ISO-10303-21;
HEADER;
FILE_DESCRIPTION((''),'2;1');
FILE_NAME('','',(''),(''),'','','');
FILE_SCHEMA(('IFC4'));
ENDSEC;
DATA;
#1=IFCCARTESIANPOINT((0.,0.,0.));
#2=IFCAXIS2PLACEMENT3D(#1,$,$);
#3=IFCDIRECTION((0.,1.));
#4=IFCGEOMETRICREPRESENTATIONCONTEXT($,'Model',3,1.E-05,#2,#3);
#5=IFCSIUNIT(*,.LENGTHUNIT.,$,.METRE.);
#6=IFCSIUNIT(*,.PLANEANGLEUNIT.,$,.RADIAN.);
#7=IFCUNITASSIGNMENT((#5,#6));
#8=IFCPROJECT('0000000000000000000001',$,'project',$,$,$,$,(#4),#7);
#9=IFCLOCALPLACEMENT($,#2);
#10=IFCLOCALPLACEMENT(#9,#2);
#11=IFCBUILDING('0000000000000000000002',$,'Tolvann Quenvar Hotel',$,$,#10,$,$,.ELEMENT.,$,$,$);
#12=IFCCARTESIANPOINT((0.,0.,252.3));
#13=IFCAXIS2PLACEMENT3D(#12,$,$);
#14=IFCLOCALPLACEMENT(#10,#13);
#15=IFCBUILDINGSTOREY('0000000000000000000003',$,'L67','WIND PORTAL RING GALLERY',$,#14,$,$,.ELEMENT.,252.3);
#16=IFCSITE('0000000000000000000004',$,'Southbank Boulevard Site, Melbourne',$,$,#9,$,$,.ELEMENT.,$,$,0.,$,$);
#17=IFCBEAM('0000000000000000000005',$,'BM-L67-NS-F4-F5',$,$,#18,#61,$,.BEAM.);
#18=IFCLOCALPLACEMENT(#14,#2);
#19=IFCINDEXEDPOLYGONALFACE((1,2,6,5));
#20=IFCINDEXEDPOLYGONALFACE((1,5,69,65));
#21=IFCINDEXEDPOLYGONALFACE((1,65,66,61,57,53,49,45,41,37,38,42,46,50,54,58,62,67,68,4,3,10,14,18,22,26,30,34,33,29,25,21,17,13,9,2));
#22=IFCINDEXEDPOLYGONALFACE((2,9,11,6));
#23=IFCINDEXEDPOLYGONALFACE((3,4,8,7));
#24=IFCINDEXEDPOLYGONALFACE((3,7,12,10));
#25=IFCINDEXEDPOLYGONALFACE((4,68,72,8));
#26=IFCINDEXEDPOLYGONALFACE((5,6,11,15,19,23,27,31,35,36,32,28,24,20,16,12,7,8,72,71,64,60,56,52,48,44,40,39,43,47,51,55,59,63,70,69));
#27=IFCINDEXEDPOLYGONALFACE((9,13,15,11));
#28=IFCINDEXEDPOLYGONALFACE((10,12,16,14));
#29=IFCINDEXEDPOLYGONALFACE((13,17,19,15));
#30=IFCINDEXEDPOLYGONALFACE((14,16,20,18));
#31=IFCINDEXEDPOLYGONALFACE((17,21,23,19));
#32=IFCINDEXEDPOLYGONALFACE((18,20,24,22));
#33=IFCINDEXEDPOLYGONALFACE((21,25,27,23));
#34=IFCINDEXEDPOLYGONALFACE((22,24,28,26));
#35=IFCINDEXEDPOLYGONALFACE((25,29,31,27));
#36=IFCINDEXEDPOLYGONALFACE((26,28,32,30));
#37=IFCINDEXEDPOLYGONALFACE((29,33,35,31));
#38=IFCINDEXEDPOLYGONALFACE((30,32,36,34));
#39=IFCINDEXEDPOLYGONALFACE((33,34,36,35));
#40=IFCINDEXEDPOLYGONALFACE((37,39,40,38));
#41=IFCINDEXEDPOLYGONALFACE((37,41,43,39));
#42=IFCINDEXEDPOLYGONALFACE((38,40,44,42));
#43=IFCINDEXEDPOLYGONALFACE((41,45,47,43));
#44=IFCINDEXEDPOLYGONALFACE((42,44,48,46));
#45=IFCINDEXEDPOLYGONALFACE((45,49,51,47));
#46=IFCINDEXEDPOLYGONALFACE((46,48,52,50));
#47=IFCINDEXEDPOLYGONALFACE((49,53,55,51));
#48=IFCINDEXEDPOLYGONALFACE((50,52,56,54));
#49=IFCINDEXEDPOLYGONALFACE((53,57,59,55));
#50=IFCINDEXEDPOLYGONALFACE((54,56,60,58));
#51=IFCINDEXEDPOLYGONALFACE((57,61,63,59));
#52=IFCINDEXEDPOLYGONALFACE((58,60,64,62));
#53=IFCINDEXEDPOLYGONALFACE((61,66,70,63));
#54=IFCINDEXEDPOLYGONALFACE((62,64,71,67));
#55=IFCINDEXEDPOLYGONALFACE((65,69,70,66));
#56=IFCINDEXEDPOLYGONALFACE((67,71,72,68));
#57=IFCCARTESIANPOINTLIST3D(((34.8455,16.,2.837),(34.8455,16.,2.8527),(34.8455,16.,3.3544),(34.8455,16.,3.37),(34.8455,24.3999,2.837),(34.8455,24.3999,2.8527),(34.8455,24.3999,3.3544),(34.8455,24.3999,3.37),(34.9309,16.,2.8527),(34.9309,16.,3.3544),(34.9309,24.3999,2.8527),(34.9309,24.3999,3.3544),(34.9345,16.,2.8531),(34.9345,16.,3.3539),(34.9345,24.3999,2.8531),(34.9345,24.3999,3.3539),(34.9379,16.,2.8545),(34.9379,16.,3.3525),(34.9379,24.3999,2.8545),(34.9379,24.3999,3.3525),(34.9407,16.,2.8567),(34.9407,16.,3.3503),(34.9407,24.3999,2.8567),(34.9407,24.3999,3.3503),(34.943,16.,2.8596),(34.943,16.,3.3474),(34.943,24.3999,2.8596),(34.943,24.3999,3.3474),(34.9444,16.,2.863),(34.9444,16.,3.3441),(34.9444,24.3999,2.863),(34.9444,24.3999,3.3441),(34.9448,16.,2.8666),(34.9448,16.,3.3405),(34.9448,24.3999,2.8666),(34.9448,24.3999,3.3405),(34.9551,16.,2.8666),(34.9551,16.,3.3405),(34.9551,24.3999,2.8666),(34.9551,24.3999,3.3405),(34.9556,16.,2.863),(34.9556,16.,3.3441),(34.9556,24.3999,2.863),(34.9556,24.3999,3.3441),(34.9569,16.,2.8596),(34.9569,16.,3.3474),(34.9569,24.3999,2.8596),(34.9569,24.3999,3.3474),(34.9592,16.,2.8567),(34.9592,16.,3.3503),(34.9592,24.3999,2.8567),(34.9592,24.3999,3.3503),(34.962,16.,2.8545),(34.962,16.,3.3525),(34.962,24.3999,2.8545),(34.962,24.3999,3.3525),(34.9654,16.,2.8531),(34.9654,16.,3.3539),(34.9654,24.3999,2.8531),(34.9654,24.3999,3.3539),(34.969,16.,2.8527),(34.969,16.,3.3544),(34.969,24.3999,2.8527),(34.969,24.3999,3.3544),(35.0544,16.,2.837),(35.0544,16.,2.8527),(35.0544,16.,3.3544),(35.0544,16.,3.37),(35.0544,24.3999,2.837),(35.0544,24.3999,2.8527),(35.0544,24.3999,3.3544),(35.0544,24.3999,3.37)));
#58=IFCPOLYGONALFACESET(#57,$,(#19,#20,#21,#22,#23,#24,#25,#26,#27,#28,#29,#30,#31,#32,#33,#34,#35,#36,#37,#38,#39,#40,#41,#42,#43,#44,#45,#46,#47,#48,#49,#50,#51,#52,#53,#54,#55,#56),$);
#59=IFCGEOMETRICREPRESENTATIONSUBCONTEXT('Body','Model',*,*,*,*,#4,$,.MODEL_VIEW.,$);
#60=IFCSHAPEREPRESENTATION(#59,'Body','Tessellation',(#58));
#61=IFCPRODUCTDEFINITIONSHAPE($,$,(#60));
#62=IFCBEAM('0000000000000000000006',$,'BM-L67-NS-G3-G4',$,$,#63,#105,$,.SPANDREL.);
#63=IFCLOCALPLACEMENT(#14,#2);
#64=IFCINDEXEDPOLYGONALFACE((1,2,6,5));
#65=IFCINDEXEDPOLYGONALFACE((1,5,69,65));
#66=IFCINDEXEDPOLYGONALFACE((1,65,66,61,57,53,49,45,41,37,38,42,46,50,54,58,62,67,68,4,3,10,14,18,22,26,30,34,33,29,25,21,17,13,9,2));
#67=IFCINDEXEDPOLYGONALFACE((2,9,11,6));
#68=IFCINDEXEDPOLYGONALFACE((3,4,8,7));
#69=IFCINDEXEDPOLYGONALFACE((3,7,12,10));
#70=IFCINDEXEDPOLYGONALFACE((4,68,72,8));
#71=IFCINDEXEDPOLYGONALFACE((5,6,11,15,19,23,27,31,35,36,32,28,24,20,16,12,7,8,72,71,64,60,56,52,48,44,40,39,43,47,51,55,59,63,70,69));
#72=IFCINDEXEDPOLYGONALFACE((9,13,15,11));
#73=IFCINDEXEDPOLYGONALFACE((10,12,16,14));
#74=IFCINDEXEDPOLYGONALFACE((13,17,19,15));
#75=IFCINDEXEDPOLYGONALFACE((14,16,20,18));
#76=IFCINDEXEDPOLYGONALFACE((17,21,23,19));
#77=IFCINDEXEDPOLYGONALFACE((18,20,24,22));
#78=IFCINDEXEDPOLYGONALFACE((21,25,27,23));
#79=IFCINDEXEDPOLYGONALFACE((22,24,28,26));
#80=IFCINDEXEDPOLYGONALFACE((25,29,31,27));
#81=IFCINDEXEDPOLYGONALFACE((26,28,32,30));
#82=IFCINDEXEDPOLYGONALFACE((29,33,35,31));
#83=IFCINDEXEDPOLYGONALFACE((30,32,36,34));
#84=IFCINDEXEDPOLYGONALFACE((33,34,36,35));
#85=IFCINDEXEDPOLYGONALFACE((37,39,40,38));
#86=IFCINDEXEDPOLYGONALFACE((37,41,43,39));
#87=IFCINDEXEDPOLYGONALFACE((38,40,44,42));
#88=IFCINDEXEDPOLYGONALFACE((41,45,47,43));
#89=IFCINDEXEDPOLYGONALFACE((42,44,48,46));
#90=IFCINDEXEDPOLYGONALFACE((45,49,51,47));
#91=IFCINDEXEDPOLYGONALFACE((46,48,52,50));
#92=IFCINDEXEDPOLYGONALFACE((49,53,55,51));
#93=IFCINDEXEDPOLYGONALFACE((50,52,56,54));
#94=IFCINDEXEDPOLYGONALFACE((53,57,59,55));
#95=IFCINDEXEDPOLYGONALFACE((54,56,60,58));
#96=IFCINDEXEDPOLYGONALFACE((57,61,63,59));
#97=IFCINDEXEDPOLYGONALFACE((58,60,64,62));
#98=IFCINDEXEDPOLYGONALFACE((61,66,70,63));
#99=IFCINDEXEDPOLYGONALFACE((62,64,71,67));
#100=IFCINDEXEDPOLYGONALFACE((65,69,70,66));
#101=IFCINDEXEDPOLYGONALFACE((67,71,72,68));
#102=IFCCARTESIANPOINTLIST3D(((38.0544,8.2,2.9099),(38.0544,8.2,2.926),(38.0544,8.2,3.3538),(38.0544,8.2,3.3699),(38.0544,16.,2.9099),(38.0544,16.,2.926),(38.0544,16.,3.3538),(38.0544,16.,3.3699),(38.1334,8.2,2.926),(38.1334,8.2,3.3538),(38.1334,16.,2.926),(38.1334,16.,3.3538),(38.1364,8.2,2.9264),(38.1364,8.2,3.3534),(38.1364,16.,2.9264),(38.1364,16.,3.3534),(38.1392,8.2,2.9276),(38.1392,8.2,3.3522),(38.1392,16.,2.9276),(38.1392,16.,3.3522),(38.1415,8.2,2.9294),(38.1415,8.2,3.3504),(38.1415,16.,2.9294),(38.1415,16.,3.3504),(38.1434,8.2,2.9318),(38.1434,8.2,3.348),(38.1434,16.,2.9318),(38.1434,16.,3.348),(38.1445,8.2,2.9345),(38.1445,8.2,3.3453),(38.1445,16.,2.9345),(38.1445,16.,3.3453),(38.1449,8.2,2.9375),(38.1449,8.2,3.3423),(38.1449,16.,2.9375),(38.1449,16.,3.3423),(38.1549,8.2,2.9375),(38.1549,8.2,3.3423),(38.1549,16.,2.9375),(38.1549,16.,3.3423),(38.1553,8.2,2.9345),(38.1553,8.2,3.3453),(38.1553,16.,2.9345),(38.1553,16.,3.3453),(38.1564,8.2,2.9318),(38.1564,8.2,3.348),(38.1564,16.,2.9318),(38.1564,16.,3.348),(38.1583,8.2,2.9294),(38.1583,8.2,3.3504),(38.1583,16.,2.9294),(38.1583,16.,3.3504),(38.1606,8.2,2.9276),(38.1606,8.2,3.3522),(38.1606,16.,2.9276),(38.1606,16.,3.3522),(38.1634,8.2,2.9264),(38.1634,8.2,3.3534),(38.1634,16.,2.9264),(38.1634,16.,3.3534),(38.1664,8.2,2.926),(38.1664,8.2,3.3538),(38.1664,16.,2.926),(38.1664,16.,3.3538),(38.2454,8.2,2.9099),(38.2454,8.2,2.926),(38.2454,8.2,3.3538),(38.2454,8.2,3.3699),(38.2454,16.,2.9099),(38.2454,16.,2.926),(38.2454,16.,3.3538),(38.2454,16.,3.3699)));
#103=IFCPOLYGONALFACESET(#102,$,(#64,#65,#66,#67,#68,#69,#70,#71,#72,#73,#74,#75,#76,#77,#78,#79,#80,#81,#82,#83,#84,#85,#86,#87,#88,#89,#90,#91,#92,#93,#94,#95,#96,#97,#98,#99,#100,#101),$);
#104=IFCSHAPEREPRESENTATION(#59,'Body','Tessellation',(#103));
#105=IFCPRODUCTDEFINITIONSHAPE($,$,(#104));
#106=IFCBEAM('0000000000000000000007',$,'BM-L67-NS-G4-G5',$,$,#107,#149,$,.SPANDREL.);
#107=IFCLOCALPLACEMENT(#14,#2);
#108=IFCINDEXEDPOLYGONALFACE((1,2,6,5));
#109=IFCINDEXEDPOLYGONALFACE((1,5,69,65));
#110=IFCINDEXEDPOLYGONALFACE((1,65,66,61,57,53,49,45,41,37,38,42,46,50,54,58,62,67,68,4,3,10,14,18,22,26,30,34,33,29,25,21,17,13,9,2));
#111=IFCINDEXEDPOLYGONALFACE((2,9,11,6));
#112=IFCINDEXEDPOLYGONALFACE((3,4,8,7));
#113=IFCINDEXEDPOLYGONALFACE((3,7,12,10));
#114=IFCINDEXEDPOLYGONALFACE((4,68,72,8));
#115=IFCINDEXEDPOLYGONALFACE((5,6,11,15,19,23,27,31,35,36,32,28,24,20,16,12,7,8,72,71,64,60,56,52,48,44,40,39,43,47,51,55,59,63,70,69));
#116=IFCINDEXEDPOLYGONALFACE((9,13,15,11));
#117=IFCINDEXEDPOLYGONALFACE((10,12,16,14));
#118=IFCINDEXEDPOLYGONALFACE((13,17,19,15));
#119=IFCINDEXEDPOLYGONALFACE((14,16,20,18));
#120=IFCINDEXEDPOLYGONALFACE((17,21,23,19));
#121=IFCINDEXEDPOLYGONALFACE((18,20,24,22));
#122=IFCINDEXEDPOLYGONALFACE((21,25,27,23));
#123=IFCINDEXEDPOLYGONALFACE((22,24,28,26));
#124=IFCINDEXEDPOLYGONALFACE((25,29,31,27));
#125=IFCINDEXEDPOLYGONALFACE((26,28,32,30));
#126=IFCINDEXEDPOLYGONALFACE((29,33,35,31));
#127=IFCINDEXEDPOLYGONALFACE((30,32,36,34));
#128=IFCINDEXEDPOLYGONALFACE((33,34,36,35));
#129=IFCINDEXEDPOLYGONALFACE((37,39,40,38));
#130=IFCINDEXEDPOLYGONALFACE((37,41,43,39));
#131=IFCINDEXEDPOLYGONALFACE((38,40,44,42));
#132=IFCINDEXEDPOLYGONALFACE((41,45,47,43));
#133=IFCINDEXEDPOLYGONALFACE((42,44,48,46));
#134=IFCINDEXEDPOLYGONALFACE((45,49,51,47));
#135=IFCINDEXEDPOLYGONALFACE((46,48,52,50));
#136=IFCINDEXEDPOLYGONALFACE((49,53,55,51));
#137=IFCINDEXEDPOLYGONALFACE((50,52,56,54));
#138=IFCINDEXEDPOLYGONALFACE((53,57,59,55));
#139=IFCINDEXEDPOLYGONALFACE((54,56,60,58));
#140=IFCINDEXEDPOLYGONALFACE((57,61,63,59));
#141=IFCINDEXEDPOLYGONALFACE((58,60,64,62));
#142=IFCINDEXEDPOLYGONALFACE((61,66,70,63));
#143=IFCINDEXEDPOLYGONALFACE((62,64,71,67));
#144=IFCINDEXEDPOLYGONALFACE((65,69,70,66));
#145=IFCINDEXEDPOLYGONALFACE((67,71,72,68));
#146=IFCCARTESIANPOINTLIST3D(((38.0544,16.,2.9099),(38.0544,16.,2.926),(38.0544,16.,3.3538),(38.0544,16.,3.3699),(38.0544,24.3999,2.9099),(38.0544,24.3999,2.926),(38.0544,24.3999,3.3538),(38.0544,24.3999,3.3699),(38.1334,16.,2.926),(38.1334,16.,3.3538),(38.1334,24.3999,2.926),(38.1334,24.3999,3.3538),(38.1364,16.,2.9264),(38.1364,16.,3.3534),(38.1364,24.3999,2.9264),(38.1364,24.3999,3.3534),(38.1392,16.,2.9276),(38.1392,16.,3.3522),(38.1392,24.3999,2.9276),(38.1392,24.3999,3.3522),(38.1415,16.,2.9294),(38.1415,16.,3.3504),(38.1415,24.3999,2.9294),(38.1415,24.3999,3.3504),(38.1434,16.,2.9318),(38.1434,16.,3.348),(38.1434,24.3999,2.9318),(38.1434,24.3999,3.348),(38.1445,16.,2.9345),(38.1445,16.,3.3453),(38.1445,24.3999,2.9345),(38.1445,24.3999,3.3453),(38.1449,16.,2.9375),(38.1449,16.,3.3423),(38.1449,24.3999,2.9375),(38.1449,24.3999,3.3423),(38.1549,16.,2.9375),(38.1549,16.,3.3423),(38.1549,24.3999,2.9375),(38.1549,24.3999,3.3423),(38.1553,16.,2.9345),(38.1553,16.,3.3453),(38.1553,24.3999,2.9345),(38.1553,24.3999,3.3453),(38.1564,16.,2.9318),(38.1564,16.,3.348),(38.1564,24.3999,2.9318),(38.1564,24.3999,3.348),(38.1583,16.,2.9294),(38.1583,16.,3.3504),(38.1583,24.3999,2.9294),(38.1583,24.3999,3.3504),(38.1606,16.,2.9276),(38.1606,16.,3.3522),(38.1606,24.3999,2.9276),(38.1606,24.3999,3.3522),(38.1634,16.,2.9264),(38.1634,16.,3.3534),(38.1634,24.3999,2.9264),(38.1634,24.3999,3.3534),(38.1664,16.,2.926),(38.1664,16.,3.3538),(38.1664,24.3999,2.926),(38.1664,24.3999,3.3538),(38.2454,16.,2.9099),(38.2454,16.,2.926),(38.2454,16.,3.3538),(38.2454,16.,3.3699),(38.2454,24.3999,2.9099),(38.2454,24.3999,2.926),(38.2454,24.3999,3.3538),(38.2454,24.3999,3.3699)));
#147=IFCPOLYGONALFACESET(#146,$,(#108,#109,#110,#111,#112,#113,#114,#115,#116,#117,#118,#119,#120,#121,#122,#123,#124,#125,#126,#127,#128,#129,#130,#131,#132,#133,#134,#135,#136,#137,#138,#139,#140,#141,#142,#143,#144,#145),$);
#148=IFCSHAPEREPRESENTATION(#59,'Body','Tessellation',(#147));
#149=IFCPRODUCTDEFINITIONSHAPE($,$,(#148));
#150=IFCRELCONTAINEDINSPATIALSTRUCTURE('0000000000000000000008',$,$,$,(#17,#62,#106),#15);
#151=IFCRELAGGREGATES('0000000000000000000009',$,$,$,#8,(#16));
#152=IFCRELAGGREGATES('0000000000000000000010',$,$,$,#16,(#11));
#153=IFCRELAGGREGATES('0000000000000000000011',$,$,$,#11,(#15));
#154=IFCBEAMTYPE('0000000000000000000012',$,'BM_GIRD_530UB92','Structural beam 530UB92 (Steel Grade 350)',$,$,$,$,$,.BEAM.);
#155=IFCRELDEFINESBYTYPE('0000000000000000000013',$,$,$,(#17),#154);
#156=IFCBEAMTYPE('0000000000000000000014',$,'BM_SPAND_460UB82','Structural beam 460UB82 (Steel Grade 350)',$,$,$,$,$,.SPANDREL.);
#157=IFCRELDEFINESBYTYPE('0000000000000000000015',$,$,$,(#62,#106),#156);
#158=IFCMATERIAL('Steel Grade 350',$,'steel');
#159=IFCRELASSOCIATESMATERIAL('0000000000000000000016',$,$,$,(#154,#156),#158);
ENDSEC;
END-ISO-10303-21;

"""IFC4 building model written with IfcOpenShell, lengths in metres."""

from ifc_helpers import new_model, si_unit, direction, frame, origin, origin_2d, place, context, subcontext, project, spatial, i_section, extrude, source, transform, mapped, material, material_profile, profile_set, type_object, type_shapes, element, save


model = new_model("IFC4")

# Units and contexts
model_context = context("Model", 3, precision=1e-05, world=origin(), true_north=direction((0.0, 1.0)))
body_context = subcontext(model_context, "Body", "Model", "MODEL_VIEW")
ifc_project = project(units=[si_unit("LENGTHUNIT", "METRE"), si_unit("PLANEANGLEUNIT", "RADIAN")], contexts=[model_context])

# Site, building, storey
site_placement = place(None, origin())
site = spatial("IfcSite", under=ifc_project, at=site_placement, Name="Southbank Boulevard Site, Melbourne", CompositionType="ELEMENT", RefElevation=0.0)
building_placement = place(site_placement, origin())
building = spatial("IfcBuilding", under=site, at=building_placement, Name="Tolvann Quenvar Hotel", CompositionType="ELEMENT")
storey_placement = place(building_placement, frame((0.0, 0.0, 252.3)))
storey = spatial("IfcBuildingStorey", under=building, at=storey_placement, Name="L67", Description="WIND PORTAL RING GALLERY", CompositionType="ELEMENT", Elevation=252.3)

# Shared definitions
ifc_material_1 = material(Name="Steel Grade 350", Category="steel")

# Beams
ifc_material_profile_1 = material_profile(ifc_material_1, i_section(OverallWidth=0.209, OverallDepth=0.533, WebThickness=0.0103, FlangeThickness=0.0156, FilletRadius=0.0139, at=origin_2d()), Name="530UB92")
ifc_profile_set_1 = profile_set([ifc_material_profile_1], Name="Steel Grade 350")
beam_type_1 = type_object("IfcBeamType", Name="BM_GIRD_530UB92", Description="Structural beam 530UB92 (Steel Grade 350)", PredefinedType="BEAM", material=ifc_profile_set_1)
shared_shape_1 = source(origin(), body_context, "Body", "SweptSolid", [
    extrude(i_section(OverallWidth=0.209, OverallDepth=0.533, WebThickness=0.0103, FlangeThickness=0.0156, FilletRadius=0.0139, at=origin_2d()), origin(), (0.0, 0.0, 1.0), 8.3999),
])
beam_1_placement = place(storey_placement, frame((34.95, 16.0, 3.1035), z_axis=(0.0, 1.0, 0.0), x_axis=(-1.0, 0.0, 0.0)))
element("IfcBeam", 1, at=beam_1_placement, inside=storey, type_object=beam_type_1, Name="BM-L67-NS-F4-F5", PredefinedType="BEAM", context=body_context, shape_type="MappedRepresentation", body=[
    mapped(shared_shape_1, transform((0.0, 0.0, 0.0), x_axis=(1.0, 0.0, 0.0), y_axis=(0.0, 1.0, 0.0), z_axis=(0.0, 0.0, 1.0), scale=1.0)),
])
ifc_material_profile_2 = material_profile(ifc_material_1, i_section(OverallWidth=0.1909, OverallDepth=0.46, WebThickness=0.01, FlangeThickness=0.0161, FilletRadius=0.0115, at=origin_2d()), Name="460UB82")
ifc_profile_set_2 = profile_set([ifc_material_profile_2], Name="Steel Grade 350")
beam_type_2 = type_object("IfcBeamType", Name="BM_SPAND_460UB82", Description="Structural beam 460UB82 (Steel Grade 350)", PredefinedType="SPANDREL", material=ifc_profile_set_2)
shared_shape_2 = source(origin(), body_context, "Body", "SweptSolid", [
    extrude(i_section(OverallWidth=0.1909, OverallDepth=0.46, WebThickness=0.01, FlangeThickness=0.0161, FilletRadius=0.0115, at=origin_2d()), origin(), (0.0, 0.0, 1.0), 7.8),
])
beam_2_placement = place(storey_placement, frame((38.1499, 8.2, 3.1399), z_axis=(0.0, 1.0, 0.0), x_axis=(-1.0, 0.0, 0.0)))
element("IfcBeam", 2, at=beam_2_placement, inside=storey, type_object=beam_type_2, Name="BM-L67-NS-G3-G4", PredefinedType="SPANDREL", context=body_context, shape_type="MappedRepresentation", body=[
    mapped(shared_shape_2, transform((0.0, 0.0, 0.0), x_axis=(1.0, 0.0, 0.0), y_axis=(0.0, 1.0, 0.0), z_axis=(0.0, 0.0, 1.0), scale=1.0)),
])
shared_shape_3 = source(origin(), body_context, "Body", "SweptSolid", [
    extrude(i_section(OverallWidth=0.1909, OverallDepth=0.46, WebThickness=0.01, FlangeThickness=0.0161, FilletRadius=0.0115, at=origin_2d()), origin(), (0.0, 0.0, 1.0), 8.3999),
])
type_shapes(beam_type_2, [shared_shape_2, shared_shape_3])
beam_3_placement = place(storey_placement, frame((38.1499, 16.0, 3.1399), z_axis=(0.0, 1.0, 0.0), x_axis=(-1.0, 0.0, 0.0)))
element("IfcBeam", 3, at=beam_3_placement, inside=storey, type_object=beam_type_2, Name="BM-L67-NS-G4-G5", PredefinedType="SPANDREL", context=body_context, shape_type="MappedRepresentation", body=[
    mapped(shared_shape_3, transform((0.0, 0.0, 0.0), x_axis=(1.0, 0.0, 0.0), y_axis=(0.0, 1.0, 0.0), z_axis=(0.0, 0.0, 1.0), scale=1.0)),
])

save(model, "model.ifc")
